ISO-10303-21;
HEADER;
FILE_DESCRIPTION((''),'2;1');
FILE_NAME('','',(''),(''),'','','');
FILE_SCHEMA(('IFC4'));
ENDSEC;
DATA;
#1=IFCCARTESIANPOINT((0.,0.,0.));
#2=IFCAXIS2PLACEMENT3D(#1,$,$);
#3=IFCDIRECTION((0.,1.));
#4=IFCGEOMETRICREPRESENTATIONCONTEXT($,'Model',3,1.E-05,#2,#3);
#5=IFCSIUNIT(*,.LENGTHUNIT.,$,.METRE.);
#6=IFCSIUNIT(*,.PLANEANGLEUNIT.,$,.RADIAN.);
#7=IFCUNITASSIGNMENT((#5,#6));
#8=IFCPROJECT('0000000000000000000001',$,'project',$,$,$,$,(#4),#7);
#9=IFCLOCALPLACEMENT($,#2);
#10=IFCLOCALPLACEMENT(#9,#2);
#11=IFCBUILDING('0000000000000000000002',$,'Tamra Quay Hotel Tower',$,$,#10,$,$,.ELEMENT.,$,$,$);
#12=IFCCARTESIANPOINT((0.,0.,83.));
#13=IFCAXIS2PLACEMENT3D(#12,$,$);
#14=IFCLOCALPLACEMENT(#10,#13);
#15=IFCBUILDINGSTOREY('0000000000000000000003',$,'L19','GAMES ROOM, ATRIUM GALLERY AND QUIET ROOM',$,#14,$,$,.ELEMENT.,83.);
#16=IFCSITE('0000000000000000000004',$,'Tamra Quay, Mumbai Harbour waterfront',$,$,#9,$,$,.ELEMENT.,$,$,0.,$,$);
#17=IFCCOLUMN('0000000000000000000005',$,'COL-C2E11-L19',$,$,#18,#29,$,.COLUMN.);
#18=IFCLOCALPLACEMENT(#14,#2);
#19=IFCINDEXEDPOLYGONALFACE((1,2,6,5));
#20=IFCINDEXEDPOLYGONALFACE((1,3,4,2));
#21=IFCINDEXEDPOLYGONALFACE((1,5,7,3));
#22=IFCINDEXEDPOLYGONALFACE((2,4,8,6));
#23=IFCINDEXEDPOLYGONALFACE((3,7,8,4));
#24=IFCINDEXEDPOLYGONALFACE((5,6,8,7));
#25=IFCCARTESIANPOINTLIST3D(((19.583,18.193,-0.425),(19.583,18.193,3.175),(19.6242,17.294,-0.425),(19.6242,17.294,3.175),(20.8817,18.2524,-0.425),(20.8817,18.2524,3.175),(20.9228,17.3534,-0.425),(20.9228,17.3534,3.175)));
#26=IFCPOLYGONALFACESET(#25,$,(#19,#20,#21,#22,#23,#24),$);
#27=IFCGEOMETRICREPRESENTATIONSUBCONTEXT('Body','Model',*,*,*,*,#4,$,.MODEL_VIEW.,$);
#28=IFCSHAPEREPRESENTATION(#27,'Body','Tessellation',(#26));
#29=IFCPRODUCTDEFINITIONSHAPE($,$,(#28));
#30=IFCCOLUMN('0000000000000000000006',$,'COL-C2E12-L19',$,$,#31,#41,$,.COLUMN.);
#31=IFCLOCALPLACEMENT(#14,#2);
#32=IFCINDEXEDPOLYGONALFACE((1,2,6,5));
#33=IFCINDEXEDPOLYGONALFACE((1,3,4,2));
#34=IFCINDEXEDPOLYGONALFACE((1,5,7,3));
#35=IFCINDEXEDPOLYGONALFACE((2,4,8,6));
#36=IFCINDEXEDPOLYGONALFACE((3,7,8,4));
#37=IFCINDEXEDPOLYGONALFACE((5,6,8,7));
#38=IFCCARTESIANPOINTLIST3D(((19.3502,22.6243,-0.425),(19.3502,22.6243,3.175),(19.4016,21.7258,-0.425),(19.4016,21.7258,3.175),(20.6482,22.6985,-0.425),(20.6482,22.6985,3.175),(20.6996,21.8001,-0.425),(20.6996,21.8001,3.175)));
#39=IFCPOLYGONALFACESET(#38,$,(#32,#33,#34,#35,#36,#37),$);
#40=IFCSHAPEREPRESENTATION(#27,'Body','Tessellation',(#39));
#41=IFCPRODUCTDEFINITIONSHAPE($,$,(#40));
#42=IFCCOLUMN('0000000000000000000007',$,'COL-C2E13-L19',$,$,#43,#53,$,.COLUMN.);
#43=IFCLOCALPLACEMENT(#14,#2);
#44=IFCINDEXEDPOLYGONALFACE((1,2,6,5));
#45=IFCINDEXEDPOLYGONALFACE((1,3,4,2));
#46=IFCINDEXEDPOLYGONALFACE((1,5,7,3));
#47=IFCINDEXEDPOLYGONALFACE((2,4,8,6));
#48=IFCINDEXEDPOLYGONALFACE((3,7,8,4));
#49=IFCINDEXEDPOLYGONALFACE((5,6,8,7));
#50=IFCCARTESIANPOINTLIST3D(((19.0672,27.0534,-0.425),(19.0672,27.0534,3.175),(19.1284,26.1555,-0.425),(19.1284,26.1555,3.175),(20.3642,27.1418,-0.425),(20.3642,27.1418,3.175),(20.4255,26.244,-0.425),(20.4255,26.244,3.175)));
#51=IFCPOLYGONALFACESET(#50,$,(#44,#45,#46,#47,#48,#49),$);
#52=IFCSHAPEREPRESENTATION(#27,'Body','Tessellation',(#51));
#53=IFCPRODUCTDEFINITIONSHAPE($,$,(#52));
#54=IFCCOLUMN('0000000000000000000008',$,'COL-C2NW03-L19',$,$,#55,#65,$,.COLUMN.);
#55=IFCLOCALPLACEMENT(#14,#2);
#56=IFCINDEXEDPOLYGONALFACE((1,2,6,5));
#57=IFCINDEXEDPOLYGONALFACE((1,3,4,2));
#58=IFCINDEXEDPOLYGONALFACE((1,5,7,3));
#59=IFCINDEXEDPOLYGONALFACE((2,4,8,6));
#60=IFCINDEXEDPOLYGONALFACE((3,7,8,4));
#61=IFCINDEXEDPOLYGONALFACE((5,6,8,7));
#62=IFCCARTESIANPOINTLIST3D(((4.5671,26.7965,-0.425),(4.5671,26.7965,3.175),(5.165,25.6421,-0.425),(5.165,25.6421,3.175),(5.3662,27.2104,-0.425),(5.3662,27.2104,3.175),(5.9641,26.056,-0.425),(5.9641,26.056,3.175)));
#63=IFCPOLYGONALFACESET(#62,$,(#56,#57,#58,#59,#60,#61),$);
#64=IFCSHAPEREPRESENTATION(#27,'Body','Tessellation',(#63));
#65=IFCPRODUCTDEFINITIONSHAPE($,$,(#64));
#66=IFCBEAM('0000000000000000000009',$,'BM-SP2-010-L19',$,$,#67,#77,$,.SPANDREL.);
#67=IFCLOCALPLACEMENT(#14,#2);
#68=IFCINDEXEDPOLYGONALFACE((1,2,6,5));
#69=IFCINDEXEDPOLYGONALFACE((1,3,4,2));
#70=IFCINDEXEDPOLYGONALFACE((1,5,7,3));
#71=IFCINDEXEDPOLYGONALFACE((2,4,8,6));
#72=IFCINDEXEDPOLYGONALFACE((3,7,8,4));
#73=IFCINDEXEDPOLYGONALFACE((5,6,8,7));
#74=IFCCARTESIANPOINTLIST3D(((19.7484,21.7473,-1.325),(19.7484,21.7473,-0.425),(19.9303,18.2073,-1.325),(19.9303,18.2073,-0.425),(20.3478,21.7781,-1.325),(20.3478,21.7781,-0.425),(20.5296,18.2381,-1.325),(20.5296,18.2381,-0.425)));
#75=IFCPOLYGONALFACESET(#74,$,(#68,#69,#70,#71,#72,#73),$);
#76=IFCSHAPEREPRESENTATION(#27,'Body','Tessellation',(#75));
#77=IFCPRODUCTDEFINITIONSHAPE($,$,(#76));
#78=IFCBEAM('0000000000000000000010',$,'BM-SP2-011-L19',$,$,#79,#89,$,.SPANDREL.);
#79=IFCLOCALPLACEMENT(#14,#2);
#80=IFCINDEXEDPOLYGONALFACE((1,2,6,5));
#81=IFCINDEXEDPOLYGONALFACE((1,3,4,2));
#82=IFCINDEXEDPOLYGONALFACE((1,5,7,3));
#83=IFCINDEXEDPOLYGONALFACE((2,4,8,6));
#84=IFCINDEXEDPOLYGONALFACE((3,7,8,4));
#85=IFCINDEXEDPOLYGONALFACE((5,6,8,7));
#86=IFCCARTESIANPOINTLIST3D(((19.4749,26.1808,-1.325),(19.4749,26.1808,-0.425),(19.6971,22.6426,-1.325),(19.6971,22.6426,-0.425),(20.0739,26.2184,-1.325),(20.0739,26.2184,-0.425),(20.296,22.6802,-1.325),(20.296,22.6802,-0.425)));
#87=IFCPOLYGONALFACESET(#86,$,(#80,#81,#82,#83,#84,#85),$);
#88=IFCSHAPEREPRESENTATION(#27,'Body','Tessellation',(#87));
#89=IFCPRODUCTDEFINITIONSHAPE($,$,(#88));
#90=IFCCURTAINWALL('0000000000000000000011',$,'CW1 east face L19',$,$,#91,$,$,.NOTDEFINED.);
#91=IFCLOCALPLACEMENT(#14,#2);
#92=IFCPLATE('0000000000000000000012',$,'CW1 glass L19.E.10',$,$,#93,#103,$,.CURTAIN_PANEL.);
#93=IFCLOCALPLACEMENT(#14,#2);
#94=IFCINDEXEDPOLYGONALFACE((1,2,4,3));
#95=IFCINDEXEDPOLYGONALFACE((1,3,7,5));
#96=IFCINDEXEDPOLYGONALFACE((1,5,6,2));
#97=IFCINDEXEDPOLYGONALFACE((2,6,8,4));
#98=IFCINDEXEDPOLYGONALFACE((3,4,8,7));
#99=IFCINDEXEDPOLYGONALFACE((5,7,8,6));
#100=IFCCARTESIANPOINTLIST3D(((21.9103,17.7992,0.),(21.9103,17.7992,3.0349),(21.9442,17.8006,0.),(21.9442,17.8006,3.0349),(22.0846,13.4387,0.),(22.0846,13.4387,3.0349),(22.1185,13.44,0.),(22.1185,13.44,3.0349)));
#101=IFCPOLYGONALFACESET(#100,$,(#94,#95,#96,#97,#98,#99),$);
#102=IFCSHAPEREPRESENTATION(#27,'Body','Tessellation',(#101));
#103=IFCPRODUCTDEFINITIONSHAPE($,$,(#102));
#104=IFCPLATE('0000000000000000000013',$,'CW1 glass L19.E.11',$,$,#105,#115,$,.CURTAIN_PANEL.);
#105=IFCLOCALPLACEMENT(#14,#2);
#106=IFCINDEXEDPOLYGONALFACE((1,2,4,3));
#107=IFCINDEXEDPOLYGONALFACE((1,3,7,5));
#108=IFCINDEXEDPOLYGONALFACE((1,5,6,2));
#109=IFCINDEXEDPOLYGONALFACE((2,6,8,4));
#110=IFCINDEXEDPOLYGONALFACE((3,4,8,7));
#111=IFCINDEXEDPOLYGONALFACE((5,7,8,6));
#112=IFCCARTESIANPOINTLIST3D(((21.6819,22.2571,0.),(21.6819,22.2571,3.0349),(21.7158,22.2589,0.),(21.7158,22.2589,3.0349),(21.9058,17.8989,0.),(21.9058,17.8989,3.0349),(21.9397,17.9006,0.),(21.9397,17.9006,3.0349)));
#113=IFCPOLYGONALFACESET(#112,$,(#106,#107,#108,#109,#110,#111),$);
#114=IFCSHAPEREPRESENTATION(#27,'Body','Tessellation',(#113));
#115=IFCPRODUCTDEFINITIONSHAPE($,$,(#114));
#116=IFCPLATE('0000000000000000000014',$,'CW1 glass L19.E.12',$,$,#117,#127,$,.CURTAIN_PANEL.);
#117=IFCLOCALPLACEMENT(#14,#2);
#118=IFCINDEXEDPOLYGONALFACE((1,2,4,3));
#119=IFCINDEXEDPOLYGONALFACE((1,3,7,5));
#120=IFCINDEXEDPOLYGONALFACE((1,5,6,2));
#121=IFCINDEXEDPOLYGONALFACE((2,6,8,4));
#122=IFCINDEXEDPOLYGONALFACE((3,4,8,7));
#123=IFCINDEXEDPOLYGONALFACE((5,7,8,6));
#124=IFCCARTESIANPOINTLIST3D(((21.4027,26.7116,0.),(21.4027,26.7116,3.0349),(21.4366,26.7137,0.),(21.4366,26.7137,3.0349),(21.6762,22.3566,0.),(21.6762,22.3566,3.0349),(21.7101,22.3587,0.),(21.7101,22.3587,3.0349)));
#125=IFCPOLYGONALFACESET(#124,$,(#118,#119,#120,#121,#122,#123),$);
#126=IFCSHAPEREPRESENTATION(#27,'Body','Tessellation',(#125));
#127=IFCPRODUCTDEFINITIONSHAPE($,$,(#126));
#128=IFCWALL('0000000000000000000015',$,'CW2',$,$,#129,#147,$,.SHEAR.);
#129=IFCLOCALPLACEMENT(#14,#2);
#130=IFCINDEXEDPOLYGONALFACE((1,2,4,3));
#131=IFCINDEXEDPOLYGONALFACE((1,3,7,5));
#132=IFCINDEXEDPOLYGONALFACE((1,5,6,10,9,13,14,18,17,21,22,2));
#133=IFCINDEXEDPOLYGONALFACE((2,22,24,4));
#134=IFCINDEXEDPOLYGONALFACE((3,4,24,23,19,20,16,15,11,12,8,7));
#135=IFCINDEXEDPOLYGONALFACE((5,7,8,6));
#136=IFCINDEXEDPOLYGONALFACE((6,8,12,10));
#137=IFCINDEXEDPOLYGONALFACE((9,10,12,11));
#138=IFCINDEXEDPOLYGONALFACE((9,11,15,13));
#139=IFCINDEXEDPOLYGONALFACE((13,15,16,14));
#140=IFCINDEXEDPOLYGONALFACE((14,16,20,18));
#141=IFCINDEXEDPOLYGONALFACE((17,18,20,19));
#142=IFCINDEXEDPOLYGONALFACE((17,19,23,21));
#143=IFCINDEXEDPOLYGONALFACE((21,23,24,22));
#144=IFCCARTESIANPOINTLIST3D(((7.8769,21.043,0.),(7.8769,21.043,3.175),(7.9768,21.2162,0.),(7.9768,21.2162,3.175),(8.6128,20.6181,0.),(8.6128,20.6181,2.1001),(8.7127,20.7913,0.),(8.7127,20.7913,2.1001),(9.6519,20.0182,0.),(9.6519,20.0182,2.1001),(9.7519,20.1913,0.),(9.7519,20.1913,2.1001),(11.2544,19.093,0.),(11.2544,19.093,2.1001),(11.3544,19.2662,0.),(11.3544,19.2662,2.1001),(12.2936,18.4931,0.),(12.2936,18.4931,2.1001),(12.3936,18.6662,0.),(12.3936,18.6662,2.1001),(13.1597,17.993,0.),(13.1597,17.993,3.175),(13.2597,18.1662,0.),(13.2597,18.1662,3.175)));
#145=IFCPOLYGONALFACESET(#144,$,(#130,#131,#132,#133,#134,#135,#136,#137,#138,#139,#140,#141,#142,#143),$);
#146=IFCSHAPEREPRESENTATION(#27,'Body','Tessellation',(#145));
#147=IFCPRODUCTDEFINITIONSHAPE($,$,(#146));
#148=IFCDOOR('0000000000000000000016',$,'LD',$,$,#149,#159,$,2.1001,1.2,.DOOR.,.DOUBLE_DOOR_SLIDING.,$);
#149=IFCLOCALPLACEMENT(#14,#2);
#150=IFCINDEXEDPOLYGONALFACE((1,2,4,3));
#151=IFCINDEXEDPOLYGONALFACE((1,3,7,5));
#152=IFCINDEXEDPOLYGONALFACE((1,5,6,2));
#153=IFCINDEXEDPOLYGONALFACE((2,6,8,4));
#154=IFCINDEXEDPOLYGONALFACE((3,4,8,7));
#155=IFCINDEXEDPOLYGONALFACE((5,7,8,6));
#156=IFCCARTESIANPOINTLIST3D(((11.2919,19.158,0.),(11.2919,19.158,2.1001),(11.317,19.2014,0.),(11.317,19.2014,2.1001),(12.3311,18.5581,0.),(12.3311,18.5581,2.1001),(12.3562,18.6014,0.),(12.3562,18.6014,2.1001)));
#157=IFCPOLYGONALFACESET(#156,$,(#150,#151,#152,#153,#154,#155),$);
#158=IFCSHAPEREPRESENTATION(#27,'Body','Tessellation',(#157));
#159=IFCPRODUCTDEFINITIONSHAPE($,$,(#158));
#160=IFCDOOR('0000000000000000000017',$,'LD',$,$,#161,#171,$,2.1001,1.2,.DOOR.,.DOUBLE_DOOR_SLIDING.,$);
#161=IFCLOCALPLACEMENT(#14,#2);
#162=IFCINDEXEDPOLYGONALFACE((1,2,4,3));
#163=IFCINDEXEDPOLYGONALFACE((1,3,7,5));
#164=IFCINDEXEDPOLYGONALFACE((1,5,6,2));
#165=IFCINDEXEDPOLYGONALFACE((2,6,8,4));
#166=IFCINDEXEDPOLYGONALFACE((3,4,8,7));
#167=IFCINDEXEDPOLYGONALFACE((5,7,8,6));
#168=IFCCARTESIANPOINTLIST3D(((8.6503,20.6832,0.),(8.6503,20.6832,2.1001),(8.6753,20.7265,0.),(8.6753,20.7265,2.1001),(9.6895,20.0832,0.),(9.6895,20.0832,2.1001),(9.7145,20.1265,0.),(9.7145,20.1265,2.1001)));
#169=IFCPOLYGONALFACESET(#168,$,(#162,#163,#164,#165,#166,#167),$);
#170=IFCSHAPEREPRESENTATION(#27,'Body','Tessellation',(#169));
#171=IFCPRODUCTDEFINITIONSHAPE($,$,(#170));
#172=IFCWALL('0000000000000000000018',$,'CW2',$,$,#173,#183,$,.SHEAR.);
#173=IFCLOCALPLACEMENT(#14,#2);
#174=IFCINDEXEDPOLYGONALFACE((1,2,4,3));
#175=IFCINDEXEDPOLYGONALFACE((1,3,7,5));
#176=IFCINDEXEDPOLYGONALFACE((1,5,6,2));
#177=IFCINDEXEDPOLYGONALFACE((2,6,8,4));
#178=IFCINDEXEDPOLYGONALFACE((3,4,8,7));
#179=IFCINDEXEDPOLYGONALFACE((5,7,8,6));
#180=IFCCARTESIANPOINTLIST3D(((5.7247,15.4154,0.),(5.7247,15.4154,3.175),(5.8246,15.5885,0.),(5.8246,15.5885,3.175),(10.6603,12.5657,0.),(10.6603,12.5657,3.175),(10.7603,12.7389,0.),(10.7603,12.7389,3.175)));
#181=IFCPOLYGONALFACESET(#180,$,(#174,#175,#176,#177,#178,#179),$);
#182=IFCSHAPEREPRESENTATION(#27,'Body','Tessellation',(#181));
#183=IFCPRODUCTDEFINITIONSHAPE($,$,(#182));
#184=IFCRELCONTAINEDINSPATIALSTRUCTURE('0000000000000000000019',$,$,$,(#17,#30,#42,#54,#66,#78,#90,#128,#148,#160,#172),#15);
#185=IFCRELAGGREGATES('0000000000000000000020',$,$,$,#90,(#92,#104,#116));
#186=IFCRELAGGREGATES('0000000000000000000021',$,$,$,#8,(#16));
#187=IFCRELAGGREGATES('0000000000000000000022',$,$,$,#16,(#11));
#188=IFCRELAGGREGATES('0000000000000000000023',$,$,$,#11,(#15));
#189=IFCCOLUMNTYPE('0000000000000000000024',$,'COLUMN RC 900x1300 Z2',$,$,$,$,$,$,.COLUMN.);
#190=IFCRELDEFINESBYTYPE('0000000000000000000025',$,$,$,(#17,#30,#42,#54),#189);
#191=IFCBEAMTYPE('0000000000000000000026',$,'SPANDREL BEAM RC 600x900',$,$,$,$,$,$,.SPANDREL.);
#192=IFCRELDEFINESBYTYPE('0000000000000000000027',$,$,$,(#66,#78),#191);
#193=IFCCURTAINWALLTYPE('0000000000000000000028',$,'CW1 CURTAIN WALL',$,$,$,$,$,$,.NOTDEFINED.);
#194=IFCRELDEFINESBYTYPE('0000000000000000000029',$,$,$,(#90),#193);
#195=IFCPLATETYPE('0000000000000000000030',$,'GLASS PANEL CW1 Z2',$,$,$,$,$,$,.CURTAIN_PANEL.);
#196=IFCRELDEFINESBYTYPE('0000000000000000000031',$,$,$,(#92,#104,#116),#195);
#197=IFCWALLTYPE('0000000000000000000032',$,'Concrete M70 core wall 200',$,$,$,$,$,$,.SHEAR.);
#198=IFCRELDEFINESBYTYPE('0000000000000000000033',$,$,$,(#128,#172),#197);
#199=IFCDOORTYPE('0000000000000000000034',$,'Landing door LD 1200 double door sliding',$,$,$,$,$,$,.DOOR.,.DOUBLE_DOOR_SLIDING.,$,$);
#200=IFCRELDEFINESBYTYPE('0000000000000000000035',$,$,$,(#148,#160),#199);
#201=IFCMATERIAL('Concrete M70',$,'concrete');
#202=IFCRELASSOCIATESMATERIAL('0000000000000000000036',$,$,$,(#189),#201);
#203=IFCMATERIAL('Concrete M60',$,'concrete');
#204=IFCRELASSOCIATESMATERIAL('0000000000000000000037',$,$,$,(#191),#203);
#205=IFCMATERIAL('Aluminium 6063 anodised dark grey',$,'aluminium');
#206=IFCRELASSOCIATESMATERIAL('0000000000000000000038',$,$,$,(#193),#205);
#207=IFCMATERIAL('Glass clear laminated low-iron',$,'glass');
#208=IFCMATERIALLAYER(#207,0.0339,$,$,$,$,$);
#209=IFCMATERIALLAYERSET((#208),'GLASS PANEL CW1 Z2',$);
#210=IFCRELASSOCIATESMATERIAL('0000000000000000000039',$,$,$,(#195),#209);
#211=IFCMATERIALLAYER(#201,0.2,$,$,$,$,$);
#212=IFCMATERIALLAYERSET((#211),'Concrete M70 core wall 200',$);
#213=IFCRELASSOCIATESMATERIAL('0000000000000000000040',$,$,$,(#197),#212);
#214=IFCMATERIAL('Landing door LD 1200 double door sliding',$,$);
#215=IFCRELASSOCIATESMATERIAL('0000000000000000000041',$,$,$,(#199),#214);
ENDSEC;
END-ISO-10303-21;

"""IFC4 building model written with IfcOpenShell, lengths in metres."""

from ifc_helpers import new_model, si_unit, direction, frame, frame_2d, origin, origin_2d, place, context, subcontext, project, spatial, rectangle, extrude, material, layer, layer_set, material_profile, profile_set, type_object, element, fill, aggregate, save


model = new_model("IFC4")

# Units and contexts
model_context = context("Model", 3, precision=1e-05, world=origin(), true_north=direction((0.0, 1.0)))
body_context = subcontext(model_context, "Body", "Model", "MODEL_VIEW")
ifc_project = project(units=[si_unit("LENGTHUNIT", "METRE"), si_unit("PLANEANGLEUNIT", "RADIAN")], contexts=[model_context])

# Site, building, storey
site_placement = place(None, origin())
site = spatial("IfcSite", under=ifc_project, at=site_placement, Name="Tamra Quay, Mumbai Harbour waterfront", CompositionType="ELEMENT", RefElevation=0.0)
building_placement = place(site_placement, origin())
building = spatial("IfcBuilding", under=site, at=building_placement, Name="Tamra Quay Hotel Tower", CompositionType="ELEMENT")
storey_placement = place(building_placement, frame((0.0, 0.0, 83.0)))
storey = spatial("IfcBuildingStorey", under=building, at=storey_placement, Name="L19", Description="GAMES ROOM, ATRIUM GALLERY AND QUIET ROOM", CompositionType="ELEMENT", Elevation=83.0)

# Columns
ifc_material_1 = material(Name="Concrete M70", Category="concrete")
ifc_material_profile_1 = material_profile(ifc_material_1, rectangle(XDim=1.3, YDim=0.8999, at=origin_2d()), Name="COLUMN RC 900x1300 Z2")
ifc_profile_set_1 = profile_set([ifc_material_profile_1], Name="Concrete M70")
column_type = type_object("IfcColumnType", Name="COLUMN RC 900x1300 Z2", PredefinedType="COLUMN", material=ifc_profile_set_1)
for number, where, z_axis, x_axis, name in (
    (1, (20.2529, 17.7732, -0.425), (0.0, 0.0, 1.0), (0.998955, 0.045712, 0.0), "COL-C2E11-L19"),
    (2, (20.0249, 22.2122, -0.425), (0.0, 0.0, 1.0), (0.998368, 0.057108, 0.0), "COL-C2E12-L19"),
    (3, (19.7463, 26.6487, -0.425), (0.0, 0.0, 1.0), (0.997682, 0.068041, 0.0), "COL-C2E13-L19"),
    (4, (5.2656, 26.4263, -0.425), (0.0, 0.0, 1.0), (-0.45989, 0.887976, 0.0), "COL-C2NW03-L19"),
):
    element("IfcColumn", number, at=place(storey_placement, frame(where, z_axis=z_axis, x_axis=x_axis)), inside=storey, type_object=column_type, Name=name, PredefinedType="COLUMN", context=body_context, shape_type="SweptSolid", body=[
        extrude(rectangle(XDim=1.3, YDim=0.8999, at=origin_2d()), origin(), (0.0, 0.0, 1.0), 3.6001),
    ])

# Beams
ifc_material_2 = material(Name="Concrete M60", Category="concrete")
ifc_material_profile_2 = material_profile(ifc_material_2, rectangle(XDim=0.6001, YDim=0.8999, at=origin_2d()), Name="SPANDREL BEAM RC 600x900")
ifc_profile_set_2 = profile_set([ifc_material_profile_2], Name="Concrete M60")
beam_type = type_object("IfcBeamType", Name="SPANDREL BEAM RC 600x900", PredefinedType="SPANDREL", material=ifc_profile_set_2)
beam_1_placement = place(storey_placement, frame((20.23, 18.2227, -0.875), z_axis=(-0.051312, 0.998683, 0.0), x_axis=(-0.998683, -0.051312, 0.0)))
element("IfcBeam", 5, at=beam_1_placement, inside=storey, type_object=beam_type, Name="BM-SP2-010-L19", PredefinedType="SPANDREL", context=body_context, shape_type="SweptSolid", body=[
    extrude(rectangle(XDim=0.6001, YDim=0.8999, at=origin_2d()), origin(), (0.0, 0.0, 1.0), 3.5447),
])
beam_2_placement = place(storey_placement, frame((19.9966, 22.6614, -0.875), z_axis=(-0.06267, 0.998034, 0.0), x_axis=(-0.998034, -0.06267, 0.0)))
element("IfcBeam", 6, at=beam_2_placement, inside=storey, type_object=beam_type, Name="BM-SP2-011-L19", PredefinedType="SPANDREL", context=body_context, shape_type="SweptSolid", body=[
    extrude(rectangle(XDim=0.6001, YDim=0.8999, at=origin_2d()), origin(), (0.0, 0.0, 1.0), 3.5452),
])

# Curtain wall, plates
ifc_material_3 = material(Name="Aluminium 6063 anodised dark grey", Category="aluminium")
curtain_wall_type = type_object("IfcCurtainWallType", Name="CW1 CURTAIN WALL", PredefinedType="NOTDEFINED", material=ifc_material_3)
curtain_wall_placement = place(storey_placement, origin())
curtain_wall = element("IfcCurtainWall", 7, at=curtain_wall_placement, inside=storey, type_object=curtain_wall_type, Name="CW1 east face L19", PredefinedType="NOTDEFINED")
ifc_material_4 = material(Name="Glass clear laminated low-iron", Category="glass")
ifc_layer_1 = layer(ifc_material_4, 0.0339)
ifc_layer_set_1 = layer_set([ifc_layer_1], Name="GLASS PANEL CW1 Z2")
plate_type = type_object("IfcPlateType", Name="GLASS PANEL CW1 Z2", PredefinedType="CURTAIN_PANEL", material=ifc_layer_set_1)
plate_1_placement = place(storey_placement, frame((22.0144, 15.6196, 0.0), z_axis=(0.0, 0.0, 1.0), x_axis=(-0.039944, 0.999202, 0.0)))
plate_1 = element("IfcPlate", 8, at=plate_1_placement, type_object=plate_type, Name="CW1 glass L19.E.10", PredefinedType="CURTAIN_PANEL", context=body_context, shape_type="SweptSolid", body=[
    extrude(rectangle(XDim=4.364, YDim=0.0339, at=origin_2d()), origin(), (0.0, 0.0, 1.0), 3.0349),
])
plate_2_placement = place(storey_placement, frame((21.8108, 20.0789, 0.0), z_axis=(0.0, 0.0, 1.0), x_axis=(-0.051321, 0.998682, 0.0)))
plate_2 = element("IfcPlate", 9, at=plate_2_placement, type_object=plate_type, Name="CW1 glass L19.E.11", PredefinedType="CURTAIN_PANEL", context=body_context, shape_type="SweptSolid", body=[
    extrude(rectangle(XDim=4.364, YDim=0.0339, at=origin_2d()), origin(), (0.0, 0.0, 1.0), 3.0349),
])
plate_3_placement = place(storey_placement, frame((21.5564, 24.5352, 0.0), z_axis=(0.0, 0.0, 1.0), x_axis=(-0.06267, 0.998034, 0.0)))
plate_3 = element("IfcPlate", 10, at=plate_3_placement, type_object=plate_type, Name="CW1 glass L19.E.12", PredefinedType="CURTAIN_PANEL", context=body_context, shape_type="SweptSolid", body=[
    extrude(rectangle(XDim=4.3635, YDim=0.0339, at=origin_2d()), origin(), (0.0, 0.0, 1.0), 3.0349),
])
aggregate(curtain_wall, [plate_1, plate_2, plate_3])

# Wall, openings, doors
ifc_layer_2 = layer(ifc_material_1, 0.2)
ifc_layer_set_2 = layer_set([ifc_layer_2], Name="Concrete M70 core wall 200")
wall_type_1 = type_object("IfcWallType", Name="Concrete M70 core wall 200", PredefinedType="SHEAR", material=ifc_layer_set_2)
wall_1_placement = place(storey_placement, frame((13.2097, 18.0796, 0.0), z_axis=(0.0, 0.0, 1.0), x_axis=(-0.86603, 0.499992, 0.0)))
wall_1 = element("IfcWall", 11, at=wall_1_placement, inside=storey, type_object=wall_type_1, Name="CW2", PredefinedType="SHEAR", context=body_context, shape_type="SweptSolid", body=[
    extrude(rectangle(XDim=6.1001, YDim=0.2, at=frame_2d((3.05, 0.0))), origin(), (0.0, 0.0, 1.0), 3.175),
])
opening_1_placement = place(wall_1_placement, frame((1.0, 0.0, 0.0)))
opening_1 = element("IfcOpeningElement", 12, at=opening_1_placement, cuts=wall_1, PredefinedType="OPENING", context=body_context, shape_type="SweptSolid", body=[
    extrude(rectangle(XDim=1.2, YDim=2.1001, at=frame_2d((0.6001, 1.05))), frame((0.0, 0.1099, 0.0), z_axis=(0.0, -1.0, 0.0), x_axis=(1.0, 0.0, 0.0)), (0.0, 0.0, 1.0), 0.22),
])
opening_2_placement = place(wall_1_placement, frame((4.0503, 0.0, 0.0)))
opening_2 = element("IfcOpeningElement", 13, at=opening_2_placement, cuts=wall_1, PredefinedType="OPENING", context=body_context, shape_type="SweptSolid", body=[
    extrude(rectangle(XDim=1.2, YDim=2.1001, at=frame_2d((0.6001, 1.05))), frame((0.0, 0.1099, 0.0), z_axis=(0.0, -1.0, 0.0), x_axis=(1.0, 0.0, 0.0)), (0.0, 0.0, 1.0), 0.22),
])
ifc_material_5 = material(Name="Landing door LD 1200 double door sliding")
door_type_1 = type_object("IfcDoorType", Name="Landing door LD 1200 double door sliding", OperationType="DOUBLE_DOOR_SLIDING", PredefinedType="DOOR", material=ifc_material_5)
door_1_placement = place(opening_1_placement, origin())
door_1 = element("IfcDoor", 14, at=door_1_placement, inside=storey, type_object=door_type_1, Name="LD", OperationType="DOUBLE_DOOR_SLIDING", OverallHeight=2.1001, OverallWidth=1.2, PredefinedType="DOOR", context=body_context, shape_type="SweptSolid", body=[
    extrude(rectangle(XDim=1.2, YDim=2.1001, at=frame_2d((0.6001, 1.05))), frame((0.0, 0.0249, 0.0), z_axis=(0.0, -1.0, 0.0), x_axis=(1.0, 0.0, 0.0)), (0.0, 0.0, 1.0), 0.05),
])
fill(opening_1, door_1)
door_2_placement = place(opening_2_placement, origin())
door_2 = element("IfcDoor", 15, at=door_2_placement, inside=storey, type_object=door_type_1, Name="LD", OperationType="DOUBLE_DOOR_SLIDING", OverallHeight=2.1001, OverallWidth=1.2, PredefinedType="DOOR", context=body_context, shape_type="SweptSolid", body=[
    extrude(rectangle(XDim=1.2, YDim=2.1001, at=frame_2d((0.6001, 1.05))), frame((0.0, 0.0249, 0.0), z_axis=(0.0, -1.0, 0.0), x_axis=(1.0, 0.0, 0.0)), (0.0, 0.0, 1.0), 0.05),
])
fill(opening_2, door_2)

# Wall
wall_2_placement = place(storey_placement, frame((5.7747, 15.502, 0.0), z_axis=(0.0, 0.0, 1.0), x_axis=(0.86602, -0.500009, 0.0)))
element("IfcWall", 16, at=wall_2_placement, inside=storey, type_object=wall_type_1, Name="CW2", PredefinedType="SHEAR", context=body_context, shape_type="SweptSolid", body=[
    extrude(rectangle(XDim=5.6992, YDim=0.2, at=frame_2d((2.8496, 0.0))), origin(), (0.0, 0.0, 1.0), 3.175),
])

save(model, "model.ifc")
